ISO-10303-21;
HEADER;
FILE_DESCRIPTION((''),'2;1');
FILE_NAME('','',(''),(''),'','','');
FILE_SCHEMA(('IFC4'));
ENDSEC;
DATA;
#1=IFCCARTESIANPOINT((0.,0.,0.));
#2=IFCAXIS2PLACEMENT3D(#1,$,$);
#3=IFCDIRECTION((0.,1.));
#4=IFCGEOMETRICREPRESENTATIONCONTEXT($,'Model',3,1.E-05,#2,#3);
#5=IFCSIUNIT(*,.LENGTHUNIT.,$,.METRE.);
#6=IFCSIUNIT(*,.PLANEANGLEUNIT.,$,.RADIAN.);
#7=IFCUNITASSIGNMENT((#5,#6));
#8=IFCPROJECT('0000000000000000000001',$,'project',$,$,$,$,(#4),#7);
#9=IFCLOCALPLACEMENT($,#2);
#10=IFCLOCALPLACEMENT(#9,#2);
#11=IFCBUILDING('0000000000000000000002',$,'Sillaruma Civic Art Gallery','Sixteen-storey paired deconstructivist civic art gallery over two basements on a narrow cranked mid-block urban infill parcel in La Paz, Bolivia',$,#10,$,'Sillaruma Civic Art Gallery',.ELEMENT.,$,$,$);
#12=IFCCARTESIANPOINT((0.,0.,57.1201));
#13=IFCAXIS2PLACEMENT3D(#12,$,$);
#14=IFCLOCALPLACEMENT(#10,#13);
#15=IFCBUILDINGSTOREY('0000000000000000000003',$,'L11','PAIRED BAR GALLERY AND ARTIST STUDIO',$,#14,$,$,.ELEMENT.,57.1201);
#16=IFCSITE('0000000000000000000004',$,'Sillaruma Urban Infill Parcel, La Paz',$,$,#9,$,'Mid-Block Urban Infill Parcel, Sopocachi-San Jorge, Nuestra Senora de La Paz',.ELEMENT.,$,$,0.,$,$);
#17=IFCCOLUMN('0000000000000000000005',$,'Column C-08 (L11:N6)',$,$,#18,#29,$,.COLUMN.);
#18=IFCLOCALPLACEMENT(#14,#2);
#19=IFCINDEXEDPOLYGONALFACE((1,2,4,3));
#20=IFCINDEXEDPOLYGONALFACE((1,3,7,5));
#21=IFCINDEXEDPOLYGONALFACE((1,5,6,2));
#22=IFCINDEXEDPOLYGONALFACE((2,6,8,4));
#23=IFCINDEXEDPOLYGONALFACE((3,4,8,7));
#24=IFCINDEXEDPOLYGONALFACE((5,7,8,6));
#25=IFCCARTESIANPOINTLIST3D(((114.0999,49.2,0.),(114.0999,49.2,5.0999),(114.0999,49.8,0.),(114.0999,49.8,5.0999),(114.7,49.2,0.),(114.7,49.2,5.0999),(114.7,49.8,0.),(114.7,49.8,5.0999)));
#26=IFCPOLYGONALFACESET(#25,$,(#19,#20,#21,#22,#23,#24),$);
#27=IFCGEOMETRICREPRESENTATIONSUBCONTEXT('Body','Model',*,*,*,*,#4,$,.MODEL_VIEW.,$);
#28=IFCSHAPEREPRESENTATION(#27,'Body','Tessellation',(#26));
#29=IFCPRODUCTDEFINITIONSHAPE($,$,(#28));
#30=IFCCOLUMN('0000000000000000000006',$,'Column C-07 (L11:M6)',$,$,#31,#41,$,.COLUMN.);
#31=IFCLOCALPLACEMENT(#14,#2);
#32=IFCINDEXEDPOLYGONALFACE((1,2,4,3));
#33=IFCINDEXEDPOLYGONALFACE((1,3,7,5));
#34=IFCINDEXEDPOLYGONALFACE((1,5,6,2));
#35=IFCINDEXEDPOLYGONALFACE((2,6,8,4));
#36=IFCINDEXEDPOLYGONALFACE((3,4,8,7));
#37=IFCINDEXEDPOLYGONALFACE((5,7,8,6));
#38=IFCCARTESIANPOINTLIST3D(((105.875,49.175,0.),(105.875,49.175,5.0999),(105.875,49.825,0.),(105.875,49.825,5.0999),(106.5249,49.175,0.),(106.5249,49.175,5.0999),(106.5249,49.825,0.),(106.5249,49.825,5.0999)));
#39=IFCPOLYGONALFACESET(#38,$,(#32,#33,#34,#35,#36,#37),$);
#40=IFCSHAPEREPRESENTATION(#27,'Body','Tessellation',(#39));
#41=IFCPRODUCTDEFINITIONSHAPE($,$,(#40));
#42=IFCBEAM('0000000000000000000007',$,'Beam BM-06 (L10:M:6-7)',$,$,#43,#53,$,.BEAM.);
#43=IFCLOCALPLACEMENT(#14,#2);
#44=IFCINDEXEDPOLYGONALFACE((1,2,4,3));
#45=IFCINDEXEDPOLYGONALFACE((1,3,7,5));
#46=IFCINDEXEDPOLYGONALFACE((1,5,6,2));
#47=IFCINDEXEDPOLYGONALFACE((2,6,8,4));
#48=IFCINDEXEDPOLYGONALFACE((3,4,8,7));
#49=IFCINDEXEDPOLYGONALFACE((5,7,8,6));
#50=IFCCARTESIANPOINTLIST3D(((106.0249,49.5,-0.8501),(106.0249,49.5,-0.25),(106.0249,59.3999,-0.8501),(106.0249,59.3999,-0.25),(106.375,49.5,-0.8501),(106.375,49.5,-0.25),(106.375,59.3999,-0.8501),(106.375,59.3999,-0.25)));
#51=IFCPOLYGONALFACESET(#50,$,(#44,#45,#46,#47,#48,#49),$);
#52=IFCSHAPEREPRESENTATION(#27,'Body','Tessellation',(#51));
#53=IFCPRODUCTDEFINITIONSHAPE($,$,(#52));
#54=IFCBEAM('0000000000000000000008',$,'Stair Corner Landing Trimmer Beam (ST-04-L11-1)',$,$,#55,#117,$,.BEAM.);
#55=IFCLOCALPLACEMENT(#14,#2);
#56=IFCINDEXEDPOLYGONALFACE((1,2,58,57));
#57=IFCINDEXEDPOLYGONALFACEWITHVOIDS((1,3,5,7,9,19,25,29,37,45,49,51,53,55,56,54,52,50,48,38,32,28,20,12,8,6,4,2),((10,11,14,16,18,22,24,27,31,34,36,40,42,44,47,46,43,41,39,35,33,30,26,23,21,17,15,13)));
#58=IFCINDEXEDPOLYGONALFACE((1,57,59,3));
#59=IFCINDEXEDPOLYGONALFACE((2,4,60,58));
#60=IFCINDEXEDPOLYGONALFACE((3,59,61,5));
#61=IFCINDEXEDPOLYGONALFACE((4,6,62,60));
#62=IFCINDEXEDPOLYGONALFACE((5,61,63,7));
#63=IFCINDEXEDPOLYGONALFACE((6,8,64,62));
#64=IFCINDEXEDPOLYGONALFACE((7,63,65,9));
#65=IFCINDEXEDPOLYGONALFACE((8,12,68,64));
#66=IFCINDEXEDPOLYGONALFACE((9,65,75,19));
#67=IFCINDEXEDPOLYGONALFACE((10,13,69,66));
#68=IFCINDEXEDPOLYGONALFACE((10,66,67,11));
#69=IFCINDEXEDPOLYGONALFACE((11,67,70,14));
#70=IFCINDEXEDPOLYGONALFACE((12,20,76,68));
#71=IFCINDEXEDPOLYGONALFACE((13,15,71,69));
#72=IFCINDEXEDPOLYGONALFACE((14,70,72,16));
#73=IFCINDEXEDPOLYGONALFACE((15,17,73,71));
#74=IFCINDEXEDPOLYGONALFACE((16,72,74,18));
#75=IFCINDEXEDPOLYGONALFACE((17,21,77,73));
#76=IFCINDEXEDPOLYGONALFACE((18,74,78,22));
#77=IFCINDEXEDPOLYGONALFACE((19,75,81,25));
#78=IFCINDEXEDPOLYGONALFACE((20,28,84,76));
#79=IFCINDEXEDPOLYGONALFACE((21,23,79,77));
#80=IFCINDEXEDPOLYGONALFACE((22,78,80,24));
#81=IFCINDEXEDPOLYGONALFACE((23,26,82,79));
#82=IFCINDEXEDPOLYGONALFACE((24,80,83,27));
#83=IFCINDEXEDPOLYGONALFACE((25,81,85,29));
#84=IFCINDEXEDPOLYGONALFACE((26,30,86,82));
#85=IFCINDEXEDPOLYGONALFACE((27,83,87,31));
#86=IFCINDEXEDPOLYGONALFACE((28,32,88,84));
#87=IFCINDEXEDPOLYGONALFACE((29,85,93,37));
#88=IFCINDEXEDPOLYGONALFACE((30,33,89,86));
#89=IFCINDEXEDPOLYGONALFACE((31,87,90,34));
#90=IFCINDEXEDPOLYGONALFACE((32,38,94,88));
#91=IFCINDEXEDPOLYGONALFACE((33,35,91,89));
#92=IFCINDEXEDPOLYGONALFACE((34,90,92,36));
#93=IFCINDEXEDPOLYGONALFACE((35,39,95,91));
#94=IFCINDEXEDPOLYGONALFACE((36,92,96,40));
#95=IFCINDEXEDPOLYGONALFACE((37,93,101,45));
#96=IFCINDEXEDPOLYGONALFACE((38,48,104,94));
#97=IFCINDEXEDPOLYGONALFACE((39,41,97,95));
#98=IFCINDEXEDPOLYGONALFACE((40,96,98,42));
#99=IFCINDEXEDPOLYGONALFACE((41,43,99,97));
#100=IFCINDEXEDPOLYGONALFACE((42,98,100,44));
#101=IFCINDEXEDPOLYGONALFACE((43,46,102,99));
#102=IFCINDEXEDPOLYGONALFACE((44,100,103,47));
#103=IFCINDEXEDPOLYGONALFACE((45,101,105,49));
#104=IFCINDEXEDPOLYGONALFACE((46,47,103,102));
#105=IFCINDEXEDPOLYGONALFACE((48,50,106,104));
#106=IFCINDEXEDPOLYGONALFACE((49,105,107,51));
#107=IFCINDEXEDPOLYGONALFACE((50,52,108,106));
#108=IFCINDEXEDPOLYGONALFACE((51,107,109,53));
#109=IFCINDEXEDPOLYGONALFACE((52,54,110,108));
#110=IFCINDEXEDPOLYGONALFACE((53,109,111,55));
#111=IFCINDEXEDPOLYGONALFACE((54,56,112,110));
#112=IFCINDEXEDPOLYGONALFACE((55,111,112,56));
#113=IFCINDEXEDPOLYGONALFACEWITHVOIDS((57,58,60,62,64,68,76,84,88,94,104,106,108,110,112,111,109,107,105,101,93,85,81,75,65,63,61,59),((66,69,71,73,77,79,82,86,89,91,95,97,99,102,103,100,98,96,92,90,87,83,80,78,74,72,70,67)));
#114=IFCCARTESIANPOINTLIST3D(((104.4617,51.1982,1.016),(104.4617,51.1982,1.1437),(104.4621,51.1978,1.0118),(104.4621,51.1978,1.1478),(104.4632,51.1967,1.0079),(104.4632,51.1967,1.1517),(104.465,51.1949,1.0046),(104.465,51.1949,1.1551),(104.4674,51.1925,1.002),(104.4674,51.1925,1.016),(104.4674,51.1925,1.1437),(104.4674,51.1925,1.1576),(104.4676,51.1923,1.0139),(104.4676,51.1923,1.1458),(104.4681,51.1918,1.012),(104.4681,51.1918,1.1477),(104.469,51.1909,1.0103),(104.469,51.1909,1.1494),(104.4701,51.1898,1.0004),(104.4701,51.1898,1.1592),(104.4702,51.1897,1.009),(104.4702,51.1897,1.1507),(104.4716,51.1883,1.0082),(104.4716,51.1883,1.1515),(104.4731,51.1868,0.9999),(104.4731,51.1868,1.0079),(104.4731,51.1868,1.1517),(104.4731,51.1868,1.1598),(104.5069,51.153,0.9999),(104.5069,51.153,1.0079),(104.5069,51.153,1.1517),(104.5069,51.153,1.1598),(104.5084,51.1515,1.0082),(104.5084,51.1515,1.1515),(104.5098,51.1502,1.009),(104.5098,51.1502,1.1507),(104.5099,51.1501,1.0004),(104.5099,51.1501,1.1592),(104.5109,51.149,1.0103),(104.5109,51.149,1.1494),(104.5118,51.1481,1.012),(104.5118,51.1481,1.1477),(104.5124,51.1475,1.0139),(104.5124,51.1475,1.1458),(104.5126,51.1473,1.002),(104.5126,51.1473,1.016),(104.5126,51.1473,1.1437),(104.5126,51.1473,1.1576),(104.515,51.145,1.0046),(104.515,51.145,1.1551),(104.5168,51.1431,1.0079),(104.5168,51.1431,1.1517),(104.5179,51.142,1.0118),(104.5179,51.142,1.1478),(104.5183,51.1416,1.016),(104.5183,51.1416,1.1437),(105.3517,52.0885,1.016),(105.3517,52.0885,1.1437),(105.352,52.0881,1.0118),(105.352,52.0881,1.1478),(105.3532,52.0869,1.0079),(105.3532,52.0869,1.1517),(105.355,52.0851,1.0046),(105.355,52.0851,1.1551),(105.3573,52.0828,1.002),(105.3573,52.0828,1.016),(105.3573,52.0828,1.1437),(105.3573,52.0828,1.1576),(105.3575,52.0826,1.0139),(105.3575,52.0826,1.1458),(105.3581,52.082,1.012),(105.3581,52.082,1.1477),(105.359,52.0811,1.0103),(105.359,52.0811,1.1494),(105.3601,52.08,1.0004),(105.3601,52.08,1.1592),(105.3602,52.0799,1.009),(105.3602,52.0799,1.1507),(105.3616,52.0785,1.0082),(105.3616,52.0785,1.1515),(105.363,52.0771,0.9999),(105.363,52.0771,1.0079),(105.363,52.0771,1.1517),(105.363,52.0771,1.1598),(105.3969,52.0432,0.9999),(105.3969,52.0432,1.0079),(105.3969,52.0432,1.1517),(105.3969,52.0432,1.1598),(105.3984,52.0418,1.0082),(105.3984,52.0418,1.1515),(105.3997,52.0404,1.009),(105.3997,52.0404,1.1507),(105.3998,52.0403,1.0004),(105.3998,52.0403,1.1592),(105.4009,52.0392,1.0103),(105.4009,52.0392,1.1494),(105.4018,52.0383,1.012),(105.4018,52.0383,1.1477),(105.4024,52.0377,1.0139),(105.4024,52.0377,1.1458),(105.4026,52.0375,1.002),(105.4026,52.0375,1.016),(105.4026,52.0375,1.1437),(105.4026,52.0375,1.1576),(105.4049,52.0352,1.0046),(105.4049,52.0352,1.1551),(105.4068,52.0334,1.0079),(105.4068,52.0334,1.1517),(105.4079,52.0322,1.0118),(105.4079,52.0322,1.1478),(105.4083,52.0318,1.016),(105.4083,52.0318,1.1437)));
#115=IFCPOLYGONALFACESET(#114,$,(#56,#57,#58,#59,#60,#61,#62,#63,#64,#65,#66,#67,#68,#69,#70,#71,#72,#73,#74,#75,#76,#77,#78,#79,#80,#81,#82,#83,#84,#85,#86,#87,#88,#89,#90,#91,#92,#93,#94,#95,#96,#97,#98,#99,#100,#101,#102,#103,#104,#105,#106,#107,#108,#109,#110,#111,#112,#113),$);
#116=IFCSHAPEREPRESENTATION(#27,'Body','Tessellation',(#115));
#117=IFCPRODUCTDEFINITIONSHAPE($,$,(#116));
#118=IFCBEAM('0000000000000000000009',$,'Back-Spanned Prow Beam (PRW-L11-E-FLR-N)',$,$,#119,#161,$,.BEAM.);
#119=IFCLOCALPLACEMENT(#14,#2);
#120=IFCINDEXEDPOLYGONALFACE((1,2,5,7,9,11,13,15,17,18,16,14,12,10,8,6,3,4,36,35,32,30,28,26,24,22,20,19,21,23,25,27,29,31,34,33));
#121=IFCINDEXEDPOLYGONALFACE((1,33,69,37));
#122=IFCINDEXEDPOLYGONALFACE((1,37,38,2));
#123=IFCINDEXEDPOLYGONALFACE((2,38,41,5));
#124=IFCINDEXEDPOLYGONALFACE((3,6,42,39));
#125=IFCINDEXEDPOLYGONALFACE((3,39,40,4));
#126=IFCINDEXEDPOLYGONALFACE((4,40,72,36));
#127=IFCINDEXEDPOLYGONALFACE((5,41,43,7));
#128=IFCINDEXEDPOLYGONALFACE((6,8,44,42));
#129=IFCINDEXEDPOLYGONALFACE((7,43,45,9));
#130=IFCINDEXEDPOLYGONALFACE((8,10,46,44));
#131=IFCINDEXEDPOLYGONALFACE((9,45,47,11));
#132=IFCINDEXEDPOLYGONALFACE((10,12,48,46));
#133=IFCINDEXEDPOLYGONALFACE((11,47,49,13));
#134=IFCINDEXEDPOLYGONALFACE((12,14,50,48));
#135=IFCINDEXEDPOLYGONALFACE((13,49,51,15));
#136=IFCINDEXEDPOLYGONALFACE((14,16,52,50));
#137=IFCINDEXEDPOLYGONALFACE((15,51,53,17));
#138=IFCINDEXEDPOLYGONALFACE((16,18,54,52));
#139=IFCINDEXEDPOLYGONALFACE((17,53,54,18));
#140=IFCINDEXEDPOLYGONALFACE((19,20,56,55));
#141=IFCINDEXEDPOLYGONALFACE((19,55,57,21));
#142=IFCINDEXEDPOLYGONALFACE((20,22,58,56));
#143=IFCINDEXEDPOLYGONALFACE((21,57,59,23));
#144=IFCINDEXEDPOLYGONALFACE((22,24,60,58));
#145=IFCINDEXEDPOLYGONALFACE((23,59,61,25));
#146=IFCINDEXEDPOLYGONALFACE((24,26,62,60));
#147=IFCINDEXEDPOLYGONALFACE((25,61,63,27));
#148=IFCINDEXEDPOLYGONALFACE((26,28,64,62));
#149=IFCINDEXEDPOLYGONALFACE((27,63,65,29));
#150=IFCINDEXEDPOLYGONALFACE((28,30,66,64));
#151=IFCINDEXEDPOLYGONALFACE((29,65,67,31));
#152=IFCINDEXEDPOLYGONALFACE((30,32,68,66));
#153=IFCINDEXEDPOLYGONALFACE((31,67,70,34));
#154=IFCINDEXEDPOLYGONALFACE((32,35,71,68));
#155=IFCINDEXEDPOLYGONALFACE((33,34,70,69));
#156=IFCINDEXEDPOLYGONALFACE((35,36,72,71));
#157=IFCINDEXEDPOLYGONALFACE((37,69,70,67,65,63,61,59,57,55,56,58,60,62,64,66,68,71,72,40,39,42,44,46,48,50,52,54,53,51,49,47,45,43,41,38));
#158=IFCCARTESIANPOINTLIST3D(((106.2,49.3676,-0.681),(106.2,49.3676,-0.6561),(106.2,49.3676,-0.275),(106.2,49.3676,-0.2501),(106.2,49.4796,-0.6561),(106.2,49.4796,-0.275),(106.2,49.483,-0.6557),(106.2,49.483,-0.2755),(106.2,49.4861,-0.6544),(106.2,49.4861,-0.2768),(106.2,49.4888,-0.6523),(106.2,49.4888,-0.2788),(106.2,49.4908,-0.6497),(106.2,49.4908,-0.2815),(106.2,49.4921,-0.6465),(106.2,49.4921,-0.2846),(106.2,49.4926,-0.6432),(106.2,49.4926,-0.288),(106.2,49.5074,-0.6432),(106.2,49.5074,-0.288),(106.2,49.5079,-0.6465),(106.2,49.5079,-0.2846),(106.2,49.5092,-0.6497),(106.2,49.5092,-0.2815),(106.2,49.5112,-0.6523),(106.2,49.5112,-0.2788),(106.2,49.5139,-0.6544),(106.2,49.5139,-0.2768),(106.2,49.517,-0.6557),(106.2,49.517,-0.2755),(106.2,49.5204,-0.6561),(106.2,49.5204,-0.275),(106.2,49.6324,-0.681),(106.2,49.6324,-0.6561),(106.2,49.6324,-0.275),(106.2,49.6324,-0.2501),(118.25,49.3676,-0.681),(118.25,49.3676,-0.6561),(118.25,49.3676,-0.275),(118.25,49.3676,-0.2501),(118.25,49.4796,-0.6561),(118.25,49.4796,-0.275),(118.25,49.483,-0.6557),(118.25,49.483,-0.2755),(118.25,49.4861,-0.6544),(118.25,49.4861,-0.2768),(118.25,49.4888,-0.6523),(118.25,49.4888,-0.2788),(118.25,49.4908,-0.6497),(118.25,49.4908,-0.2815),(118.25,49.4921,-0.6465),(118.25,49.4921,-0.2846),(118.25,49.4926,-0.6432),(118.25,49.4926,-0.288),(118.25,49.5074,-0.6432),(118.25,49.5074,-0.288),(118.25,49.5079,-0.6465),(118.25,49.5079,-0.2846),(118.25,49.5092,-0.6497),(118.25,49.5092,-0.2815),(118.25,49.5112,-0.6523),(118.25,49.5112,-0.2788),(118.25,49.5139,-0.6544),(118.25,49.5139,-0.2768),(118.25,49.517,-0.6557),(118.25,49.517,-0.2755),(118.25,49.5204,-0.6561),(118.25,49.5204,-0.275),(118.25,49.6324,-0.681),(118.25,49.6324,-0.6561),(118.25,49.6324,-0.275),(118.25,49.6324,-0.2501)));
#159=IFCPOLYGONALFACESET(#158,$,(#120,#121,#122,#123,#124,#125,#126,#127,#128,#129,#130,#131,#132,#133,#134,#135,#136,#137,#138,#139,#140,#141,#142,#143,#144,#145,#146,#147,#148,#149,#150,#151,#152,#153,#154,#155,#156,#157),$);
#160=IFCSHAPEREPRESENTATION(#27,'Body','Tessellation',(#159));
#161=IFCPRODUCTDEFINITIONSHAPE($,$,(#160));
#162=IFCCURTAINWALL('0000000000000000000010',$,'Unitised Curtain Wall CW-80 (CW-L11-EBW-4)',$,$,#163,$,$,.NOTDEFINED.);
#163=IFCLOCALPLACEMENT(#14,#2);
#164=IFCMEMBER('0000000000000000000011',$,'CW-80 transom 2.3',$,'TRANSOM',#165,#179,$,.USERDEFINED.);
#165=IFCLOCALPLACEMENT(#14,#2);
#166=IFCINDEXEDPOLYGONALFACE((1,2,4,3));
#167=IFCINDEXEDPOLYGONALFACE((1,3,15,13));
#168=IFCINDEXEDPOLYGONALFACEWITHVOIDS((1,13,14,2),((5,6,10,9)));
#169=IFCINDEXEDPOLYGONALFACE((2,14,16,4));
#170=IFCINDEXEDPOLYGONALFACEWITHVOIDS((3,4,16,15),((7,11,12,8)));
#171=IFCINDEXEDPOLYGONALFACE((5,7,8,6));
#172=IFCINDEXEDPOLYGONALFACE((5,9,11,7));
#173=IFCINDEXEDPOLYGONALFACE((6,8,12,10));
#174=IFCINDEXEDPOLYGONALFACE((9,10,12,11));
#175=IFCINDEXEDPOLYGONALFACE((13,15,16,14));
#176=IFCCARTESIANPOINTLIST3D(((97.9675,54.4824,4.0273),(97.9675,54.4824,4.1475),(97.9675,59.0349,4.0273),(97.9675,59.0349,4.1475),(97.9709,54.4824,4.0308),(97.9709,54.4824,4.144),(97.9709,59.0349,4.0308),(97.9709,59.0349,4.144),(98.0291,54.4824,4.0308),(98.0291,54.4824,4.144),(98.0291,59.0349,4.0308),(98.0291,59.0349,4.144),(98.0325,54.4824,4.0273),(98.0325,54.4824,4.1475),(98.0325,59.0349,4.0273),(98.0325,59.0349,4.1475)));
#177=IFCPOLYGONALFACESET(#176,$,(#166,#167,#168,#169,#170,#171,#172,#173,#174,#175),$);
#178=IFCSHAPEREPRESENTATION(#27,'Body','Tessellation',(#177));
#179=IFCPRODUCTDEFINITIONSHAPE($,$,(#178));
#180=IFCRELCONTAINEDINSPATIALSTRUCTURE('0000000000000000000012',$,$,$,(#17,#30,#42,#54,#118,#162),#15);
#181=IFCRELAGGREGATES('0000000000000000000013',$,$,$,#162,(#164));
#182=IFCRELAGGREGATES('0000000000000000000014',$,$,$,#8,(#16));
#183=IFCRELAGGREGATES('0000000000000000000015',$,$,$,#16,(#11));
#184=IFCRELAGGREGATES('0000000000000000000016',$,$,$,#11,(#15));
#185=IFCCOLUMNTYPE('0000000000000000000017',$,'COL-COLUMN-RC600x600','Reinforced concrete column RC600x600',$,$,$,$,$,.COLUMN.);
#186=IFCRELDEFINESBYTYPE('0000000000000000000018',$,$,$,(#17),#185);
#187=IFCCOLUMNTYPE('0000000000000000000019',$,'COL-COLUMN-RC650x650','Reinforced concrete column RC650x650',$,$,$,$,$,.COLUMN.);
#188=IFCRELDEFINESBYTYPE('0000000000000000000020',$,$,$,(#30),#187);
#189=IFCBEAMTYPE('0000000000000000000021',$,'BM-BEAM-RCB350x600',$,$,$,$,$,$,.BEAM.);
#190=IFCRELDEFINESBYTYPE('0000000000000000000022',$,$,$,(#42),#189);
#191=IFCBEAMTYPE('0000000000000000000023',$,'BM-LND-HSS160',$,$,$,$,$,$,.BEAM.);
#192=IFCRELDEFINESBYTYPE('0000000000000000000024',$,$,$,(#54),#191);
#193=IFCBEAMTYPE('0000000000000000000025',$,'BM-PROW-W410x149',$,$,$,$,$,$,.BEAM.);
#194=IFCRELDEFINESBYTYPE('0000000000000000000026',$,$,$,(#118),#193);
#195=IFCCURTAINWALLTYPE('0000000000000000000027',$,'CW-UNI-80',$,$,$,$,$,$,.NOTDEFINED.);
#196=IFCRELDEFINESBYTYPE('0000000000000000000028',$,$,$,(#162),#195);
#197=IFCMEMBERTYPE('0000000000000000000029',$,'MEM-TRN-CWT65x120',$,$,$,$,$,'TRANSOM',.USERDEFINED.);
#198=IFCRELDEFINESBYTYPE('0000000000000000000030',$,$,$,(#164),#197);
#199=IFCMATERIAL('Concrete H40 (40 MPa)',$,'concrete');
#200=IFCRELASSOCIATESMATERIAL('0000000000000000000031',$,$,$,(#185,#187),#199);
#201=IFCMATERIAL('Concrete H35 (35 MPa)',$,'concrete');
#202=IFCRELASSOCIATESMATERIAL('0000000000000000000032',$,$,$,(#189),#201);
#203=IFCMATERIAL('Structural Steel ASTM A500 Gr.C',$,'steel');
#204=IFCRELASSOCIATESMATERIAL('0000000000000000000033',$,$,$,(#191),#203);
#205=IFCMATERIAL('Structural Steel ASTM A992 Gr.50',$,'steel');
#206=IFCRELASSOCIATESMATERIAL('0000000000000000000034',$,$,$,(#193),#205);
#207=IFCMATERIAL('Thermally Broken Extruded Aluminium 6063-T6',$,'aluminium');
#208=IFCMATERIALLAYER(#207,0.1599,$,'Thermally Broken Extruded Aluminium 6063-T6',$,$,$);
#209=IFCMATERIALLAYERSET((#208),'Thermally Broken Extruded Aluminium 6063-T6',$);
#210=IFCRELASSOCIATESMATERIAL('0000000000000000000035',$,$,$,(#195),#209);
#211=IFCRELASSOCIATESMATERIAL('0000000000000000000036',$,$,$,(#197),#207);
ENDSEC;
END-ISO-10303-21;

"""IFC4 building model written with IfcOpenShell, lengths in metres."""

from ifc_helpers import new_model, si_unit, direction, frame, origin, origin_2d, place, context, subcontext, project, spatial, rectangle, hollow_rectangle, i_section, extrude, material, layer, layer_set, material_profile, profile_set, type_object, element, aggregate, save


model = new_model("IFC4")

# Units and contexts
model_context = context("Model", 3, precision=1e-05, world=origin(), true_north=direction((0.0, 1.0)))
body_context = subcontext(model_context, "Body", "Model", "MODEL_VIEW")
ifc_project = project(units=[si_unit("LENGTHUNIT", "METRE"), si_unit("PLANEANGLEUNIT", "RADIAN")], contexts=[model_context])

# Site, building, storey
site_placement = place(None, origin())
site = spatial("IfcSite", under=ifc_project, at=site_placement, Name="Sillaruma Urban Infill Parcel, La Paz", LongName="Mid-Block Urban Infill Parcel, Sopocachi-San Jorge, Nuestra Senora de La Paz", CompositionType="ELEMENT", RefElevation=0.0)
building_placement = place(site_placement, origin())
building = spatial("IfcBuilding", under=site, at=building_placement, Name="Sillaruma Civic Art Gallery", Description="Sixteen-storey paired deconstructivist civic art gallery over two basements on a narrow cranked mid-block urban infill parcel in La Paz, Bolivia", LongName="Sillaruma Civic Art Gallery", CompositionType="ELEMENT")
storey_placement = place(building_placement, frame((0.0, 0.0, 57.1201)))
storey = spatial("IfcBuildingStorey", under=building, at=storey_placement, Name="L11", Description="PAIRED BAR GALLERY AND ARTIST STUDIO", CompositionType="ELEMENT", Elevation=57.1201)

# Columns
ifc_material_1 = material(Name="Concrete H40 (40 MPa)", Category="concrete")
ifc_material_profile_1 = material_profile(ifc_material_1, rectangle(XDim=0.6001, YDim=0.6001, at=origin_2d()), Name="RC600x600")
ifc_profile_set_1 = profile_set([ifc_material_profile_1], Name="Concrete H40 (40 MPa)")
column_type_1 = type_object("IfcColumnType", Name="COL-COLUMN-RC600x600", Description="Reinforced concrete column RC600x600", PredefinedType="COLUMN", material=ifc_profile_set_1)
column_1_placement = place(storey_placement, frame((114.3999, 49.5, 0.0), z_axis=(0.0, 0.0, 1.0), x_axis=(1.0, 0.0, 0.0)))
element("IfcColumn", 1, at=column_1_placement, inside=storey, type_object=column_type_1, Name="Column C-08 (L11:N6)", PredefinedType="COLUMN", context=body_context, shape_type="SweptSolid", body=[
    extrude(rectangle(XDim=0.6001, YDim=0.6001, at=origin_2d()), origin(), (0.0, 0.0, 1.0), 5.0999),
])
ifc_material_profile_2 = material_profile(ifc_material_1, rectangle(XDim=0.6499, YDim=0.6499, at=origin_2d()), Name="RC650x650")
ifc_profile_set_2 = profile_set([ifc_material_profile_2], Name="Concrete H40 (40 MPa)")
column_type_2 = type_object("IfcColumnType", Name="COL-COLUMN-RC650x650", Description="Reinforced concrete column RC650x650", PredefinedType="COLUMN", material=ifc_profile_set_2)
column_2_placement = place(storey_placement, frame((106.2, 49.5, 0.0), z_axis=(0.0, 0.0, 1.0), x_axis=(1.0, 0.0, 0.0)))
element("IfcColumn", 2, at=column_2_placement, inside=storey, type_object=column_type_2, Name="Column C-07 (L11:M6)", PredefinedType="COLUMN", context=body_context, shape_type="SweptSolid", body=[
    extrude(rectangle(XDim=0.6499, YDim=0.6499, at=origin_2d()), origin(), (0.0, 0.0, 1.0), 5.0999),
])

# Beams
ifc_material_2 = material(Name="Concrete H35 (35 MPa)", Category="concrete")
ifc_material_profile_3 = material_profile(ifc_material_2, rectangle(XDim=0.3501, YDim=0.6001, at=origin_2d()), Name="RCB350x600")
ifc_profile_set_3 = profile_set([ifc_material_profile_3], Name="Concrete H35 (35 MPa)")
beam_type_1 = type_object("IfcBeamType", Name="BM-BEAM-RCB350x600", PredefinedType="BEAM", material=ifc_profile_set_3)
beam_1_placement = place(storey_placement, frame((106.2, 49.5, -0.55), z_axis=(0.0, 1.0, 0.0), x_axis=(-1.0, 0.0, 0.0)))
element("IfcBeam", 3, at=beam_1_placement, inside=storey, type_object=beam_type_1, Name="Beam BM-06 (L10:M:6-7)", PredefinedType="BEAM", context=body_context, shape_type="SweptSolid", body=[
    extrude(rectangle(XDim=0.3501, YDim=0.6001, at=origin_2d()), origin(), (0.0, 0.0, 1.0), 9.8999),
])
ifc_material_3 = material(Name="Structural Steel ASTM A500 Gr.C", Category="steel")
ifc_material_profile_4 = material_profile(ifc_material_3, hollow_rectangle(XDim=0.0801, YDim=0.1599, WallThickness=0.0081, InnerFilletRadius=0.0081, OuterFilletRadius=0.0161, at=origin_2d()), Name="HSS160x80x8")
ifc_profile_set_4 = profile_set([ifc_material_profile_4], Name="Structural Steel ASTM A500 Gr.C")
beam_type_2 = type_object("IfcBeamType", Name="BM-LND-HSS160", PredefinedType="BEAM", material=ifc_profile_set_4)
beam_2_placement = place(storey_placement, frame((104.49, 51.1699, 1.0798), z_axis=(0.70701, 0.707204, 0.0), x_axis=(-0.707204, 0.70701, 0.0)))
element("IfcBeam", 4, at=beam_2_placement, inside=storey, type_object=beam_type_2, Name="Stair Corner Landing Trimmer Beam (ST-04-L11-1)", PredefinedType="BEAM", context=body_context, shape_type="SweptSolid", body=[
    extrude(hollow_rectangle(XDim=0.0801, YDim=0.1599, WallThickness=0.0081, InnerFilletRadius=0.0081, OuterFilletRadius=0.0161, at=origin_2d()), origin(), (0.0, 0.0, 1.0), 1.2588),
])
ifc_material_4 = material(Name="Structural Steel ASTM A992 Gr.50", Category="steel")
ifc_material_profile_5 = material_profile(ifc_material_4, i_section(OverallWidth=0.2649, OverallDepth=0.4309, WebThickness=0.0149, FlangeThickness=0.0249, FilletRadius=0.0129, at=origin_2d()), Name="W410x149")
ifc_profile_set_5 = profile_set([ifc_material_profile_5], Name="Structural Steel ASTM A992 Gr.50")
beam_type_3 = type_object("IfcBeamType", Name="BM-PROW-W410x149", PredefinedType="BEAM", material=ifc_profile_set_5)
beam_3_placement = place(storey_placement, frame((106.2, 49.5, -0.4656), z_axis=(1.0, 0.0, 0.0), x_axis=(0.0, 1.0, 0.0)))
element("IfcBeam", 5, at=beam_3_placement, inside=storey, type_object=beam_type_3, Name="Back-Spanned Prow Beam (PRW-L11-E-FLR-N)", PredefinedType="BEAM", context=body_context, shape_type="SweptSolid", body=[
    extrude(i_section(OverallWidth=0.2649, OverallDepth=0.4309, WebThickness=0.0149, FlangeThickness=0.0249, FilletRadius=0.0129, at=origin_2d()), origin(), (0.0, 0.0, 1.0), 12.05),
])

# Curtain wall, member
ifc_material_5 = material(Name="Thermally Broken Extruded Aluminium 6063-T6", Category="aluminium")
ifc_layer_1 = layer(ifc_material_5, 0.1599, Name="Thermally Broken Extruded Aluminium 6063-T6")
ifc_layer_set_1 = layer_set([ifc_layer_1], Name="Thermally Broken Extruded Aluminium 6063-T6")
curtain_wall_type = type_object("IfcCurtainWallType", Name="CW-UNI-80", PredefinedType="NOTDEFINED", material=ifc_layer_set_1)
curtain_wall_placement = place(storey_placement, origin())
curtain_wall = element("IfcCurtainWall", 6, at=curtain_wall_placement, inside=storey, type_object=curtain_wall_type, Name="Unitised Curtain Wall CW-80 (CW-L11-EBW-4)", PredefinedType="NOTDEFINED")
ifc_material_profile_6 = material_profile(ifc_material_5, hollow_rectangle(XDim=0.0649, YDim=0.1201, WallThickness=0.0034, at=origin_2d()), Name="CWT65x120")
ifc_profile_set_6 = profile_set([ifc_material_profile_6], Name="Thermally Broken Extruded Aluminium 6063-T6")
member_type = type_object("IfcMemberType", Name="MEM-TRN-CWT65x120", ElementType="TRANSOM", PredefinedType="USERDEFINED", material=ifc_profile_set_6)
member_placement = place(storey_placement, frame((98.0, 54.4824, 4.0874), z_axis=(0.0, 1.0, 0.0), x_axis=(-1.0, 0.0, 0.0)))
member = element("IfcMember", 7, at=member_placement, type_object=member_type, Name="CW-80 transom 2.3", ObjectType="TRANSOM", PredefinedType="USERDEFINED", context=body_context, shape_type="SweptSolid", body=[
    extrude(hollow_rectangle(XDim=0.0649, YDim=0.1201, WallThickness=0.0034, at=origin_2d()), origin(), (0.0, 0.0, 1.0), 4.5525),
])
aggregate(curtain_wall, [member])

save(model, "model.ifc")
